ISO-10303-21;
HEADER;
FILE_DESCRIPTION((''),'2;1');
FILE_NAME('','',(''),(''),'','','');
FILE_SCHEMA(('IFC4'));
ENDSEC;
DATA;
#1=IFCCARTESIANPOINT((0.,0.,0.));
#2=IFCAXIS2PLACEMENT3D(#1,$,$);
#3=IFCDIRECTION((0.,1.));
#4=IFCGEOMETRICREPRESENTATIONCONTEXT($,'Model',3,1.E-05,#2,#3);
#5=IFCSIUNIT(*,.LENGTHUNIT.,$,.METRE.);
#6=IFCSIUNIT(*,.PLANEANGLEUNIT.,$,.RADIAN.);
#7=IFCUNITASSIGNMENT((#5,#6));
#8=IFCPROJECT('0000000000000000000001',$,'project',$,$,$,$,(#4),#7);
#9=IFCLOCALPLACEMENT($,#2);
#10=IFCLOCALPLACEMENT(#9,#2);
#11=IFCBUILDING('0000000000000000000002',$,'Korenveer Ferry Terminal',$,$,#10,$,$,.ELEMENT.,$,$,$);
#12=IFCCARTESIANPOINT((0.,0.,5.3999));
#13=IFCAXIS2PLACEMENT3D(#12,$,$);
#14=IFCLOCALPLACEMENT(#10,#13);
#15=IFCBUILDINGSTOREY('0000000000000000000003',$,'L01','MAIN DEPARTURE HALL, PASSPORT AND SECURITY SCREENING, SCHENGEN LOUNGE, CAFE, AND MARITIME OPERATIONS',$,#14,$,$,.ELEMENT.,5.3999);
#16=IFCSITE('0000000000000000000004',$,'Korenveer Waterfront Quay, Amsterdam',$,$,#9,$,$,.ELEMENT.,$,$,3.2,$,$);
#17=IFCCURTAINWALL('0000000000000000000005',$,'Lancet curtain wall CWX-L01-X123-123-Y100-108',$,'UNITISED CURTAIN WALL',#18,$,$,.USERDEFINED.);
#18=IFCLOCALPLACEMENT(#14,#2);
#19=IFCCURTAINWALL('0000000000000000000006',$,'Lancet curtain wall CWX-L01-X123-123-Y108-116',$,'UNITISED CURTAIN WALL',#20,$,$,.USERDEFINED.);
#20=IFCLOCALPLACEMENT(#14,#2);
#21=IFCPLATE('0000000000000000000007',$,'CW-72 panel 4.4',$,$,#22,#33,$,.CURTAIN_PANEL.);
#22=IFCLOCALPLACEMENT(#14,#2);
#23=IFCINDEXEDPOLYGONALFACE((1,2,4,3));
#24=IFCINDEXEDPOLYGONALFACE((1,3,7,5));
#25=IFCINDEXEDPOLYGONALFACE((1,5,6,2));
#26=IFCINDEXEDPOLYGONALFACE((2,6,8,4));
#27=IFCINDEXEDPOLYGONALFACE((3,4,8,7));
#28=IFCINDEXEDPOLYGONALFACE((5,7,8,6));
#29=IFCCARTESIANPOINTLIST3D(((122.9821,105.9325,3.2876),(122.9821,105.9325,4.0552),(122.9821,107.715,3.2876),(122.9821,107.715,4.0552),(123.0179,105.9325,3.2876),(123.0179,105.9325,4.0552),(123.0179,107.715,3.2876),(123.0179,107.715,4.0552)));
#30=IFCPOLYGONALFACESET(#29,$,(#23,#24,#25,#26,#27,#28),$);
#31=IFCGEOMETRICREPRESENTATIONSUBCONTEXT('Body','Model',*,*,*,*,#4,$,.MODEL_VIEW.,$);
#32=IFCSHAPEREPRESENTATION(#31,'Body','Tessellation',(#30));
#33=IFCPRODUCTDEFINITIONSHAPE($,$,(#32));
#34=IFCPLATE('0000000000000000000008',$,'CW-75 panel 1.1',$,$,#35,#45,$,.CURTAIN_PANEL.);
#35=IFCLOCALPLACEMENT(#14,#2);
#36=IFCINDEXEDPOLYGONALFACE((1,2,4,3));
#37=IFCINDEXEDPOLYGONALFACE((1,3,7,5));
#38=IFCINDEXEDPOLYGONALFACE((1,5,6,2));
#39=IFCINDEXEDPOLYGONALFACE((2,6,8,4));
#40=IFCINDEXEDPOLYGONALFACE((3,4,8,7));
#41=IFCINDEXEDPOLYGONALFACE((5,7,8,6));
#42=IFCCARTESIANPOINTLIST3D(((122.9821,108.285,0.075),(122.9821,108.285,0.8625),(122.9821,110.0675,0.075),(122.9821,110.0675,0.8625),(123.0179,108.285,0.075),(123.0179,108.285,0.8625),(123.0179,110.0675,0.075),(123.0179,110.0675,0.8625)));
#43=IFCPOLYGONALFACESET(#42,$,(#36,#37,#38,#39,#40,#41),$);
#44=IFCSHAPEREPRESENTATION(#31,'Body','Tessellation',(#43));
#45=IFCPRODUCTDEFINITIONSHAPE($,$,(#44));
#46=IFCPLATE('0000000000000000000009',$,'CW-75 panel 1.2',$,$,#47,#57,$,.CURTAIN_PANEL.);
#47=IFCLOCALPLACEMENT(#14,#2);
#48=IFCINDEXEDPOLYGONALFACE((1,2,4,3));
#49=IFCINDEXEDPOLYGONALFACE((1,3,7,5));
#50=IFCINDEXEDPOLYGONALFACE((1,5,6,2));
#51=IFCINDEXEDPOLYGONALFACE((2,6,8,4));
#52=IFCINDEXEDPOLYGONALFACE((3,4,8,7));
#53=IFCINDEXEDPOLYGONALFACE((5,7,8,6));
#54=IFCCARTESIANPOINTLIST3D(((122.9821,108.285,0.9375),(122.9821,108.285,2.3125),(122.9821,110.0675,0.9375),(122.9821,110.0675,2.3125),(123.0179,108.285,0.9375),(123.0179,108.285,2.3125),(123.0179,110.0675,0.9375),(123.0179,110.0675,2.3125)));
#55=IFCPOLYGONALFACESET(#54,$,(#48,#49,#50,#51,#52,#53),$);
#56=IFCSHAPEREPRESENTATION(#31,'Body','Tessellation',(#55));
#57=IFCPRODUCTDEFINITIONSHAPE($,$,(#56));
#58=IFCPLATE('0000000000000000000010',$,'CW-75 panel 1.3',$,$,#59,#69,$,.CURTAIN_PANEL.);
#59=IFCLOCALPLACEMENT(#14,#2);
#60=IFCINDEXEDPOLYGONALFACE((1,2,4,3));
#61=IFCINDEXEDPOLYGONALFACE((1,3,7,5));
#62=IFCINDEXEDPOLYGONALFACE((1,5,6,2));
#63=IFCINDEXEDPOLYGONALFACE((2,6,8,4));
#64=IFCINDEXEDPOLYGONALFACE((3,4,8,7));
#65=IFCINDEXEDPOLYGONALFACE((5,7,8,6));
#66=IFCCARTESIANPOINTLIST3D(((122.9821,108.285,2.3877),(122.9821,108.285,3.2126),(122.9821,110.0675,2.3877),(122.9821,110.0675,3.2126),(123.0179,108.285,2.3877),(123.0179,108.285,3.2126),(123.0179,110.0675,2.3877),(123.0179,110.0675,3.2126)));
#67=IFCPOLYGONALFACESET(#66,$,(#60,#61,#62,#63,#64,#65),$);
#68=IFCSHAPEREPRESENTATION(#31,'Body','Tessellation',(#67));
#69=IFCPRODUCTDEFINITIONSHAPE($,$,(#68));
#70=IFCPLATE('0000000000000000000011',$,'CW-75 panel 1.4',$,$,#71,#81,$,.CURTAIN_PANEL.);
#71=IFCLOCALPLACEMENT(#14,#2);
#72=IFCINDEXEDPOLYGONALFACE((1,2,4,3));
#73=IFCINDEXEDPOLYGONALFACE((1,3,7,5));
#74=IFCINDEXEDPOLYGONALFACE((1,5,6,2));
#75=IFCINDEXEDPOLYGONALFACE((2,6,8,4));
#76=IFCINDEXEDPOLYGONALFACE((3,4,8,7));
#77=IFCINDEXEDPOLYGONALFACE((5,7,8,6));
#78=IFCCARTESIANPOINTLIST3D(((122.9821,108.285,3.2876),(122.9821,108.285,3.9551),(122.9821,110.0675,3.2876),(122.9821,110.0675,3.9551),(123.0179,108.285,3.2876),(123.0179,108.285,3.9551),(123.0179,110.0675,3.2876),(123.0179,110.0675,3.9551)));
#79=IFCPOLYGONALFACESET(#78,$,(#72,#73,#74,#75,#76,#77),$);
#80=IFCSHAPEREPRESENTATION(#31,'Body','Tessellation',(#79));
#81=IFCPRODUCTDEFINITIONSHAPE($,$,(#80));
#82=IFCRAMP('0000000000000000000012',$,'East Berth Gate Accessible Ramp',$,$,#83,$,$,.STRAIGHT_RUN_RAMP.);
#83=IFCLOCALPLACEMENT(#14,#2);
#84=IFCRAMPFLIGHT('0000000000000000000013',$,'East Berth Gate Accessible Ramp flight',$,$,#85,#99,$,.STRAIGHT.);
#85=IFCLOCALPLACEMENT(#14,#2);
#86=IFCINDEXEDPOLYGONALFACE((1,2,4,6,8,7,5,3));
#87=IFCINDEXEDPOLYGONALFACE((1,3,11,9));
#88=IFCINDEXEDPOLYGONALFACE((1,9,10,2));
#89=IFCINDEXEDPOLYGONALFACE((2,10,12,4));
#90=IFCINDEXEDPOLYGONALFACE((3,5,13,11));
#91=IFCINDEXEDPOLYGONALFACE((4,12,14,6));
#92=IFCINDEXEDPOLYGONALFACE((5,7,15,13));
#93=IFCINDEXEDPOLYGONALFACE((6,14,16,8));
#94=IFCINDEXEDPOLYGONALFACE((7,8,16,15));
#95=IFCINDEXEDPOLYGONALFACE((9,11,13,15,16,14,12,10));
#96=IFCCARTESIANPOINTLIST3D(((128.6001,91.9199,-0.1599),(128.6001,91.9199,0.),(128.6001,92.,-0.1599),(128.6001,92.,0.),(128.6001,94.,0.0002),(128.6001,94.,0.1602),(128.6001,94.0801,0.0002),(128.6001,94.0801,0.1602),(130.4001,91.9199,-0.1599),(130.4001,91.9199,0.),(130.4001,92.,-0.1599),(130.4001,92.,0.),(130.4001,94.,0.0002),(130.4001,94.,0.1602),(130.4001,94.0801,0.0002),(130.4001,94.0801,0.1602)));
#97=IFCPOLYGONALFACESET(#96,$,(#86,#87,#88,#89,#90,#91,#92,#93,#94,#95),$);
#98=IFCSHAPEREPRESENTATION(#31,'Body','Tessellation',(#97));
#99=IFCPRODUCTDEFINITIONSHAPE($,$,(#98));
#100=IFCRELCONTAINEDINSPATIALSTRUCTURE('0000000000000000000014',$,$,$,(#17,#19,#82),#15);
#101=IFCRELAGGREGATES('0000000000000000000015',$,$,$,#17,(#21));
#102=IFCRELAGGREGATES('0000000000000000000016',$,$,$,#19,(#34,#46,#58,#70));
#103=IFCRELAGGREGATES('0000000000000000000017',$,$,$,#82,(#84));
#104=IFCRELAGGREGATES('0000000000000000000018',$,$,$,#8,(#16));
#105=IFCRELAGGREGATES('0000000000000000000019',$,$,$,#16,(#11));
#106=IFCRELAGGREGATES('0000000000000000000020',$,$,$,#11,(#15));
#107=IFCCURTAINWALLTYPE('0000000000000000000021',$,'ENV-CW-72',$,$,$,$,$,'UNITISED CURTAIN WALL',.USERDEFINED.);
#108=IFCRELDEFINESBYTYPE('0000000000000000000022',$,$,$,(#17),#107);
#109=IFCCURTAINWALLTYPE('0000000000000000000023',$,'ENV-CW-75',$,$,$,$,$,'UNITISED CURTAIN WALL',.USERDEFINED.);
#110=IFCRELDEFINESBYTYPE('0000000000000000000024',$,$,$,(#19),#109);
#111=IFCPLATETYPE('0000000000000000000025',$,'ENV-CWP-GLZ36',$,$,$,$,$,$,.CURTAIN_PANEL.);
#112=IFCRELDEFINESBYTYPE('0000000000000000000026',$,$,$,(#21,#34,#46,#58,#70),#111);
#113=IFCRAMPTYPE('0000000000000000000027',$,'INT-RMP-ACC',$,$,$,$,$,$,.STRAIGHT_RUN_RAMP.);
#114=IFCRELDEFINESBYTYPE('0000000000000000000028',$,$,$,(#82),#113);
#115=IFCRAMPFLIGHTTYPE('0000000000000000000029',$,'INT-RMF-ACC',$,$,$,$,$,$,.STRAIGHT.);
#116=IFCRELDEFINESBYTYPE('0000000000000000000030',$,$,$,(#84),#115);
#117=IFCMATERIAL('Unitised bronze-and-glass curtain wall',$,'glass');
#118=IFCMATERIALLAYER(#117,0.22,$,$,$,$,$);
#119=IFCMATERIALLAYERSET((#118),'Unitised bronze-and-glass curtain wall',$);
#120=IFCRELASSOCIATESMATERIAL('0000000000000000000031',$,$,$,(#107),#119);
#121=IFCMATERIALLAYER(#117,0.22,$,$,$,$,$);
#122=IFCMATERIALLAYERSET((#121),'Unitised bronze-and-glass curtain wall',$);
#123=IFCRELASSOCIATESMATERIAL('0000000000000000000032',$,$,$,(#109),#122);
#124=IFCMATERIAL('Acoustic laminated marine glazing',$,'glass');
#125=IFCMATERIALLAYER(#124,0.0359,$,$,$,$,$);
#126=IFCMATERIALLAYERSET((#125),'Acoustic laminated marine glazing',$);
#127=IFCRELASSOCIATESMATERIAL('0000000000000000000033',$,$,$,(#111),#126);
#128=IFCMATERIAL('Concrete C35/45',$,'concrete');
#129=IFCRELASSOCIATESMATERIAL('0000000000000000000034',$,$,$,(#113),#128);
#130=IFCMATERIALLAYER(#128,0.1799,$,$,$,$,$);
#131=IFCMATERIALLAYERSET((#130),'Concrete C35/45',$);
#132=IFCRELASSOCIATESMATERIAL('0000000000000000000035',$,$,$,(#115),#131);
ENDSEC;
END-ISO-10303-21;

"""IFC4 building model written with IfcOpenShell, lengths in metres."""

from ifc_helpers import new_model, si_unit, direction, frame, origin, origin_2d, place, context, subcontext, project, spatial, polyline, rectangle, outline, extrude, material, layer, layer_set, type_object, element, aggregate, save


model = new_model("IFC4")

# Units and contexts
model_context = context("Model", 3, precision=1e-05, world=origin(), true_north=direction((0.0, 1.0)))
body_context = subcontext(model_context, "Body", "Model", "MODEL_VIEW")
ifc_project = project(units=[si_unit("LENGTHUNIT", "METRE"), si_unit("PLANEANGLEUNIT", "RADIAN")], contexts=[model_context])

# Site, building, storey
site_placement = place(None, origin())
site = spatial("IfcSite", under=ifc_project, at=site_placement, Name="Korenveer Waterfront Quay, Amsterdam", CompositionType="ELEMENT", RefElevation=3.2)
building_placement = place(site_placement, origin())
building = spatial("IfcBuilding", under=site, at=building_placement, Name="Korenveer Ferry Terminal", CompositionType="ELEMENT")
storey_placement = place(building_placement, frame((0.0, 0.0, 5.3999)))
storey = spatial("IfcBuildingStorey", under=building, at=storey_placement, Name="L01", Description="MAIN DEPARTURE HALL, PASSPORT AND SECURITY SCREENING, SCHENGEN LOUNGE, CAFE, AND MARITIME OPERATIONS", CompositionType="ELEMENT", Elevation=5.3999)

# Curtain wall
ifc_material_1 = material(Name="Unitised bronze-and-glass curtain wall", Category="glass")
ifc_layer_1 = layer(ifc_material_1, 0.22)
ifc_layer_set_1 = layer_set([ifc_layer_1], Name="Unitised bronze-and-glass curtain wall")
curtain_wall_type_1 = type_object("IfcCurtainWallType", Name="ENV-CW-72", ElementType="UNITISED CURTAIN WALL", PredefinedType="USERDEFINED", material=ifc_layer_set_1)
curtain_wall_1_placement = place(storey_placement, frame((123.0, 100.21, 0.0)))
curtain_wall_1 = element("IfcCurtainWall", 1, at=curtain_wall_1_placement, inside=storey, type_object=curtain_wall_type_1, Name="Lancet curtain wall CWX-L01-X123-123-Y100-108", ObjectType="UNITISED CURTAIN WALL", PredefinedType="USERDEFINED")

# Curtain wall
ifc_layer_2 = layer(ifc_material_1, 0.22)
ifc_layer_set_2 = layer_set([ifc_layer_2], Name="Unitised bronze-and-glass curtain wall")
curtain_wall_type_2 = type_object("IfcCurtainWallType", Name="ENV-CW-75", ElementType="UNITISED CURTAIN WALL", PredefinedType="USERDEFINED", material=ifc_layer_set_2)
curtain_wall_2_placement = place(storey_placement, frame((123.0, 108.21, 0.0)))
curtain_wall_2 = element("IfcCurtainWall", 2, at=curtain_wall_2_placement, inside=storey, type_object=curtain_wall_type_2, Name="Lancet curtain wall CWX-L01-X123-123-Y108-116", ObjectType="UNITISED CURTAIN WALL", PredefinedType="USERDEFINED")

# Plates
ifc_material_2 = material(Name="Acoustic laminated marine glazing", Category="glass")
ifc_layer_3 = layer(ifc_material_2, 0.0359)
ifc_layer_set_3 = layer_set([ifc_layer_3], Name="Acoustic laminated marine glazing")
plate_type = type_object("IfcPlateType", Name="ENV-CWP-GLZ36", PredefinedType="CURTAIN_PANEL", material=ifc_layer_set_3)
plate_1_placement = place(storey_placement, frame((123.0, 106.8237, 3.2876), z_axis=(0.0, 0.0, 1.0), x_axis=(0.0, 1.0, 0.0)))
plate_1 = element("IfcPlate", 3, at=plate_1_placement, type_object=plate_type, Name="CW-72 panel 4.4", PredefinedType="CURTAIN_PANEL", context=body_context, shape_type="SweptSolid", body=[
    extrude(rectangle(XDim=1.7825, YDim=0.0359, at=origin_2d()), origin(), (0.0, 0.0, 1.0), 0.7676),
])
aggregate(curtain_wall_1, [plate_1])
plate_2_placement = place(storey_placement, frame((123.0, 109.1763, 0.075), z_axis=(0.0, 0.0, 1.0), x_axis=(0.0, 1.0, 0.0)))
plate_2 = element("IfcPlate", 4, at=plate_2_placement, type_object=plate_type, Name="CW-75 panel 1.1", PredefinedType="CURTAIN_PANEL", context=body_context, shape_type="SweptSolid", body=[
    extrude(rectangle(XDim=1.7825, YDim=0.0359, at=origin_2d()), origin(), (0.0, 0.0, 1.0), 0.7876),
])
plate_3_placement = place(storey_placement, frame((123.0, 109.1763, 0.9375), z_axis=(0.0, 0.0, 1.0), x_axis=(0.0, 1.0, 0.0)))
plate_3 = element("IfcPlate", 5, at=plate_3_placement, type_object=plate_type, Name="CW-75 panel 1.2", PredefinedType="CURTAIN_PANEL", context=body_context, shape_type="SweptSolid", body=[
    extrude(rectangle(XDim=1.7825, YDim=0.0359, at=origin_2d()), origin(), (0.0, 0.0, 1.0), 1.375),
])
plate_4_placement = place(storey_placement, frame((123.0, 109.1763, 2.3877), z_axis=(0.0, 0.0, 1.0), x_axis=(0.0, 1.0, 0.0)))
plate_4 = element("IfcPlate", 6, at=plate_4_placement, type_object=plate_type, Name="CW-75 panel 1.3", PredefinedType="CURTAIN_PANEL", context=body_context, shape_type="SweptSolid", body=[
    extrude(rectangle(XDim=1.7825, YDim=0.0359, at=origin_2d()), origin(), (0.0, 0.0, 1.0), 0.825),
])
plate_5_placement = place(storey_placement, frame((123.0, 109.1763, 3.2876), z_axis=(0.0, 0.0, 1.0), x_axis=(0.0, 1.0, 0.0)))
plate_5 = element("IfcPlate", 7, at=plate_5_placement, type_object=plate_type, Name="CW-75 panel 1.4", PredefinedType="CURTAIN_PANEL", context=body_context, shape_type="SweptSolid", body=[
    extrude(rectangle(XDim=1.7825, YDim=0.0359, at=origin_2d()), origin(), (0.0, 0.0, 1.0), 0.6675),
])
aggregate(curtain_wall_2, [plate_2, plate_3, plate_4, plate_5])

# Ramp, ramp flight
ifc_material_3 = material(Name="Concrete C35/45", Category="concrete")
ramp_type = type_object("IfcRampType", Name="INT-RMP-ACC", PredefinedType="STRAIGHT_RUN_RAMP", material=ifc_material_3)
ramp_placement = place(storey_placement, frame((129.5, 92.0, 0.0)))
ramp = element("IfcRamp", 8, at=ramp_placement, inside=storey, type_object=ramp_type, Name="East Berth Gate Accessible Ramp", PredefinedType="STRAIGHT_RUN_RAMP")
ifc_layer_4 = layer(ifc_material_3, 0.1799)
ifc_layer_set_4 = layer_set([ifc_layer_4], Name="Concrete C35/45")
ramp_flight_type = type_object("IfcRampFlightType", Name="INT-RMF-ACC", PredefinedType="STRAIGHT", material=ifc_layer_set_4)
ramp_flight_placement = place(storey_placement, frame((129.5, 92.0, 0.0), z_axis=(0.0, 0.0, 1.0), x_axis=(0.0, 1.0, 0.0)))
ramp_flight = element("IfcRampFlight", 9, at=ramp_flight_placement, type_object=ramp_flight_type, Name="East Berth Gate Accessible Ramp flight", PredefinedType="STRAIGHT", context=body_context, shape_type="SweptSolid", body=[
    extrude(outline(polyline([(-0.0801, 0.0), (0.0, 0.0), (2.0, 0.1602), (2.0801, 0.1602), (2.0801, 0.0002), (2.0, 0.0002), (0.0, -0.1599), (-0.0801, -0.1599), (-0.0801, 0.0)])), frame((0.0, 0.8999, 0.0), z_axis=(0.0, -1.0, 0.0), x_axis=(1.0, 0.0, 0.0)), (0.0, 0.0, 1.0), 1.8),
])
aggregate(ramp, [ramp_flight])

save(model, "model.ifc")
